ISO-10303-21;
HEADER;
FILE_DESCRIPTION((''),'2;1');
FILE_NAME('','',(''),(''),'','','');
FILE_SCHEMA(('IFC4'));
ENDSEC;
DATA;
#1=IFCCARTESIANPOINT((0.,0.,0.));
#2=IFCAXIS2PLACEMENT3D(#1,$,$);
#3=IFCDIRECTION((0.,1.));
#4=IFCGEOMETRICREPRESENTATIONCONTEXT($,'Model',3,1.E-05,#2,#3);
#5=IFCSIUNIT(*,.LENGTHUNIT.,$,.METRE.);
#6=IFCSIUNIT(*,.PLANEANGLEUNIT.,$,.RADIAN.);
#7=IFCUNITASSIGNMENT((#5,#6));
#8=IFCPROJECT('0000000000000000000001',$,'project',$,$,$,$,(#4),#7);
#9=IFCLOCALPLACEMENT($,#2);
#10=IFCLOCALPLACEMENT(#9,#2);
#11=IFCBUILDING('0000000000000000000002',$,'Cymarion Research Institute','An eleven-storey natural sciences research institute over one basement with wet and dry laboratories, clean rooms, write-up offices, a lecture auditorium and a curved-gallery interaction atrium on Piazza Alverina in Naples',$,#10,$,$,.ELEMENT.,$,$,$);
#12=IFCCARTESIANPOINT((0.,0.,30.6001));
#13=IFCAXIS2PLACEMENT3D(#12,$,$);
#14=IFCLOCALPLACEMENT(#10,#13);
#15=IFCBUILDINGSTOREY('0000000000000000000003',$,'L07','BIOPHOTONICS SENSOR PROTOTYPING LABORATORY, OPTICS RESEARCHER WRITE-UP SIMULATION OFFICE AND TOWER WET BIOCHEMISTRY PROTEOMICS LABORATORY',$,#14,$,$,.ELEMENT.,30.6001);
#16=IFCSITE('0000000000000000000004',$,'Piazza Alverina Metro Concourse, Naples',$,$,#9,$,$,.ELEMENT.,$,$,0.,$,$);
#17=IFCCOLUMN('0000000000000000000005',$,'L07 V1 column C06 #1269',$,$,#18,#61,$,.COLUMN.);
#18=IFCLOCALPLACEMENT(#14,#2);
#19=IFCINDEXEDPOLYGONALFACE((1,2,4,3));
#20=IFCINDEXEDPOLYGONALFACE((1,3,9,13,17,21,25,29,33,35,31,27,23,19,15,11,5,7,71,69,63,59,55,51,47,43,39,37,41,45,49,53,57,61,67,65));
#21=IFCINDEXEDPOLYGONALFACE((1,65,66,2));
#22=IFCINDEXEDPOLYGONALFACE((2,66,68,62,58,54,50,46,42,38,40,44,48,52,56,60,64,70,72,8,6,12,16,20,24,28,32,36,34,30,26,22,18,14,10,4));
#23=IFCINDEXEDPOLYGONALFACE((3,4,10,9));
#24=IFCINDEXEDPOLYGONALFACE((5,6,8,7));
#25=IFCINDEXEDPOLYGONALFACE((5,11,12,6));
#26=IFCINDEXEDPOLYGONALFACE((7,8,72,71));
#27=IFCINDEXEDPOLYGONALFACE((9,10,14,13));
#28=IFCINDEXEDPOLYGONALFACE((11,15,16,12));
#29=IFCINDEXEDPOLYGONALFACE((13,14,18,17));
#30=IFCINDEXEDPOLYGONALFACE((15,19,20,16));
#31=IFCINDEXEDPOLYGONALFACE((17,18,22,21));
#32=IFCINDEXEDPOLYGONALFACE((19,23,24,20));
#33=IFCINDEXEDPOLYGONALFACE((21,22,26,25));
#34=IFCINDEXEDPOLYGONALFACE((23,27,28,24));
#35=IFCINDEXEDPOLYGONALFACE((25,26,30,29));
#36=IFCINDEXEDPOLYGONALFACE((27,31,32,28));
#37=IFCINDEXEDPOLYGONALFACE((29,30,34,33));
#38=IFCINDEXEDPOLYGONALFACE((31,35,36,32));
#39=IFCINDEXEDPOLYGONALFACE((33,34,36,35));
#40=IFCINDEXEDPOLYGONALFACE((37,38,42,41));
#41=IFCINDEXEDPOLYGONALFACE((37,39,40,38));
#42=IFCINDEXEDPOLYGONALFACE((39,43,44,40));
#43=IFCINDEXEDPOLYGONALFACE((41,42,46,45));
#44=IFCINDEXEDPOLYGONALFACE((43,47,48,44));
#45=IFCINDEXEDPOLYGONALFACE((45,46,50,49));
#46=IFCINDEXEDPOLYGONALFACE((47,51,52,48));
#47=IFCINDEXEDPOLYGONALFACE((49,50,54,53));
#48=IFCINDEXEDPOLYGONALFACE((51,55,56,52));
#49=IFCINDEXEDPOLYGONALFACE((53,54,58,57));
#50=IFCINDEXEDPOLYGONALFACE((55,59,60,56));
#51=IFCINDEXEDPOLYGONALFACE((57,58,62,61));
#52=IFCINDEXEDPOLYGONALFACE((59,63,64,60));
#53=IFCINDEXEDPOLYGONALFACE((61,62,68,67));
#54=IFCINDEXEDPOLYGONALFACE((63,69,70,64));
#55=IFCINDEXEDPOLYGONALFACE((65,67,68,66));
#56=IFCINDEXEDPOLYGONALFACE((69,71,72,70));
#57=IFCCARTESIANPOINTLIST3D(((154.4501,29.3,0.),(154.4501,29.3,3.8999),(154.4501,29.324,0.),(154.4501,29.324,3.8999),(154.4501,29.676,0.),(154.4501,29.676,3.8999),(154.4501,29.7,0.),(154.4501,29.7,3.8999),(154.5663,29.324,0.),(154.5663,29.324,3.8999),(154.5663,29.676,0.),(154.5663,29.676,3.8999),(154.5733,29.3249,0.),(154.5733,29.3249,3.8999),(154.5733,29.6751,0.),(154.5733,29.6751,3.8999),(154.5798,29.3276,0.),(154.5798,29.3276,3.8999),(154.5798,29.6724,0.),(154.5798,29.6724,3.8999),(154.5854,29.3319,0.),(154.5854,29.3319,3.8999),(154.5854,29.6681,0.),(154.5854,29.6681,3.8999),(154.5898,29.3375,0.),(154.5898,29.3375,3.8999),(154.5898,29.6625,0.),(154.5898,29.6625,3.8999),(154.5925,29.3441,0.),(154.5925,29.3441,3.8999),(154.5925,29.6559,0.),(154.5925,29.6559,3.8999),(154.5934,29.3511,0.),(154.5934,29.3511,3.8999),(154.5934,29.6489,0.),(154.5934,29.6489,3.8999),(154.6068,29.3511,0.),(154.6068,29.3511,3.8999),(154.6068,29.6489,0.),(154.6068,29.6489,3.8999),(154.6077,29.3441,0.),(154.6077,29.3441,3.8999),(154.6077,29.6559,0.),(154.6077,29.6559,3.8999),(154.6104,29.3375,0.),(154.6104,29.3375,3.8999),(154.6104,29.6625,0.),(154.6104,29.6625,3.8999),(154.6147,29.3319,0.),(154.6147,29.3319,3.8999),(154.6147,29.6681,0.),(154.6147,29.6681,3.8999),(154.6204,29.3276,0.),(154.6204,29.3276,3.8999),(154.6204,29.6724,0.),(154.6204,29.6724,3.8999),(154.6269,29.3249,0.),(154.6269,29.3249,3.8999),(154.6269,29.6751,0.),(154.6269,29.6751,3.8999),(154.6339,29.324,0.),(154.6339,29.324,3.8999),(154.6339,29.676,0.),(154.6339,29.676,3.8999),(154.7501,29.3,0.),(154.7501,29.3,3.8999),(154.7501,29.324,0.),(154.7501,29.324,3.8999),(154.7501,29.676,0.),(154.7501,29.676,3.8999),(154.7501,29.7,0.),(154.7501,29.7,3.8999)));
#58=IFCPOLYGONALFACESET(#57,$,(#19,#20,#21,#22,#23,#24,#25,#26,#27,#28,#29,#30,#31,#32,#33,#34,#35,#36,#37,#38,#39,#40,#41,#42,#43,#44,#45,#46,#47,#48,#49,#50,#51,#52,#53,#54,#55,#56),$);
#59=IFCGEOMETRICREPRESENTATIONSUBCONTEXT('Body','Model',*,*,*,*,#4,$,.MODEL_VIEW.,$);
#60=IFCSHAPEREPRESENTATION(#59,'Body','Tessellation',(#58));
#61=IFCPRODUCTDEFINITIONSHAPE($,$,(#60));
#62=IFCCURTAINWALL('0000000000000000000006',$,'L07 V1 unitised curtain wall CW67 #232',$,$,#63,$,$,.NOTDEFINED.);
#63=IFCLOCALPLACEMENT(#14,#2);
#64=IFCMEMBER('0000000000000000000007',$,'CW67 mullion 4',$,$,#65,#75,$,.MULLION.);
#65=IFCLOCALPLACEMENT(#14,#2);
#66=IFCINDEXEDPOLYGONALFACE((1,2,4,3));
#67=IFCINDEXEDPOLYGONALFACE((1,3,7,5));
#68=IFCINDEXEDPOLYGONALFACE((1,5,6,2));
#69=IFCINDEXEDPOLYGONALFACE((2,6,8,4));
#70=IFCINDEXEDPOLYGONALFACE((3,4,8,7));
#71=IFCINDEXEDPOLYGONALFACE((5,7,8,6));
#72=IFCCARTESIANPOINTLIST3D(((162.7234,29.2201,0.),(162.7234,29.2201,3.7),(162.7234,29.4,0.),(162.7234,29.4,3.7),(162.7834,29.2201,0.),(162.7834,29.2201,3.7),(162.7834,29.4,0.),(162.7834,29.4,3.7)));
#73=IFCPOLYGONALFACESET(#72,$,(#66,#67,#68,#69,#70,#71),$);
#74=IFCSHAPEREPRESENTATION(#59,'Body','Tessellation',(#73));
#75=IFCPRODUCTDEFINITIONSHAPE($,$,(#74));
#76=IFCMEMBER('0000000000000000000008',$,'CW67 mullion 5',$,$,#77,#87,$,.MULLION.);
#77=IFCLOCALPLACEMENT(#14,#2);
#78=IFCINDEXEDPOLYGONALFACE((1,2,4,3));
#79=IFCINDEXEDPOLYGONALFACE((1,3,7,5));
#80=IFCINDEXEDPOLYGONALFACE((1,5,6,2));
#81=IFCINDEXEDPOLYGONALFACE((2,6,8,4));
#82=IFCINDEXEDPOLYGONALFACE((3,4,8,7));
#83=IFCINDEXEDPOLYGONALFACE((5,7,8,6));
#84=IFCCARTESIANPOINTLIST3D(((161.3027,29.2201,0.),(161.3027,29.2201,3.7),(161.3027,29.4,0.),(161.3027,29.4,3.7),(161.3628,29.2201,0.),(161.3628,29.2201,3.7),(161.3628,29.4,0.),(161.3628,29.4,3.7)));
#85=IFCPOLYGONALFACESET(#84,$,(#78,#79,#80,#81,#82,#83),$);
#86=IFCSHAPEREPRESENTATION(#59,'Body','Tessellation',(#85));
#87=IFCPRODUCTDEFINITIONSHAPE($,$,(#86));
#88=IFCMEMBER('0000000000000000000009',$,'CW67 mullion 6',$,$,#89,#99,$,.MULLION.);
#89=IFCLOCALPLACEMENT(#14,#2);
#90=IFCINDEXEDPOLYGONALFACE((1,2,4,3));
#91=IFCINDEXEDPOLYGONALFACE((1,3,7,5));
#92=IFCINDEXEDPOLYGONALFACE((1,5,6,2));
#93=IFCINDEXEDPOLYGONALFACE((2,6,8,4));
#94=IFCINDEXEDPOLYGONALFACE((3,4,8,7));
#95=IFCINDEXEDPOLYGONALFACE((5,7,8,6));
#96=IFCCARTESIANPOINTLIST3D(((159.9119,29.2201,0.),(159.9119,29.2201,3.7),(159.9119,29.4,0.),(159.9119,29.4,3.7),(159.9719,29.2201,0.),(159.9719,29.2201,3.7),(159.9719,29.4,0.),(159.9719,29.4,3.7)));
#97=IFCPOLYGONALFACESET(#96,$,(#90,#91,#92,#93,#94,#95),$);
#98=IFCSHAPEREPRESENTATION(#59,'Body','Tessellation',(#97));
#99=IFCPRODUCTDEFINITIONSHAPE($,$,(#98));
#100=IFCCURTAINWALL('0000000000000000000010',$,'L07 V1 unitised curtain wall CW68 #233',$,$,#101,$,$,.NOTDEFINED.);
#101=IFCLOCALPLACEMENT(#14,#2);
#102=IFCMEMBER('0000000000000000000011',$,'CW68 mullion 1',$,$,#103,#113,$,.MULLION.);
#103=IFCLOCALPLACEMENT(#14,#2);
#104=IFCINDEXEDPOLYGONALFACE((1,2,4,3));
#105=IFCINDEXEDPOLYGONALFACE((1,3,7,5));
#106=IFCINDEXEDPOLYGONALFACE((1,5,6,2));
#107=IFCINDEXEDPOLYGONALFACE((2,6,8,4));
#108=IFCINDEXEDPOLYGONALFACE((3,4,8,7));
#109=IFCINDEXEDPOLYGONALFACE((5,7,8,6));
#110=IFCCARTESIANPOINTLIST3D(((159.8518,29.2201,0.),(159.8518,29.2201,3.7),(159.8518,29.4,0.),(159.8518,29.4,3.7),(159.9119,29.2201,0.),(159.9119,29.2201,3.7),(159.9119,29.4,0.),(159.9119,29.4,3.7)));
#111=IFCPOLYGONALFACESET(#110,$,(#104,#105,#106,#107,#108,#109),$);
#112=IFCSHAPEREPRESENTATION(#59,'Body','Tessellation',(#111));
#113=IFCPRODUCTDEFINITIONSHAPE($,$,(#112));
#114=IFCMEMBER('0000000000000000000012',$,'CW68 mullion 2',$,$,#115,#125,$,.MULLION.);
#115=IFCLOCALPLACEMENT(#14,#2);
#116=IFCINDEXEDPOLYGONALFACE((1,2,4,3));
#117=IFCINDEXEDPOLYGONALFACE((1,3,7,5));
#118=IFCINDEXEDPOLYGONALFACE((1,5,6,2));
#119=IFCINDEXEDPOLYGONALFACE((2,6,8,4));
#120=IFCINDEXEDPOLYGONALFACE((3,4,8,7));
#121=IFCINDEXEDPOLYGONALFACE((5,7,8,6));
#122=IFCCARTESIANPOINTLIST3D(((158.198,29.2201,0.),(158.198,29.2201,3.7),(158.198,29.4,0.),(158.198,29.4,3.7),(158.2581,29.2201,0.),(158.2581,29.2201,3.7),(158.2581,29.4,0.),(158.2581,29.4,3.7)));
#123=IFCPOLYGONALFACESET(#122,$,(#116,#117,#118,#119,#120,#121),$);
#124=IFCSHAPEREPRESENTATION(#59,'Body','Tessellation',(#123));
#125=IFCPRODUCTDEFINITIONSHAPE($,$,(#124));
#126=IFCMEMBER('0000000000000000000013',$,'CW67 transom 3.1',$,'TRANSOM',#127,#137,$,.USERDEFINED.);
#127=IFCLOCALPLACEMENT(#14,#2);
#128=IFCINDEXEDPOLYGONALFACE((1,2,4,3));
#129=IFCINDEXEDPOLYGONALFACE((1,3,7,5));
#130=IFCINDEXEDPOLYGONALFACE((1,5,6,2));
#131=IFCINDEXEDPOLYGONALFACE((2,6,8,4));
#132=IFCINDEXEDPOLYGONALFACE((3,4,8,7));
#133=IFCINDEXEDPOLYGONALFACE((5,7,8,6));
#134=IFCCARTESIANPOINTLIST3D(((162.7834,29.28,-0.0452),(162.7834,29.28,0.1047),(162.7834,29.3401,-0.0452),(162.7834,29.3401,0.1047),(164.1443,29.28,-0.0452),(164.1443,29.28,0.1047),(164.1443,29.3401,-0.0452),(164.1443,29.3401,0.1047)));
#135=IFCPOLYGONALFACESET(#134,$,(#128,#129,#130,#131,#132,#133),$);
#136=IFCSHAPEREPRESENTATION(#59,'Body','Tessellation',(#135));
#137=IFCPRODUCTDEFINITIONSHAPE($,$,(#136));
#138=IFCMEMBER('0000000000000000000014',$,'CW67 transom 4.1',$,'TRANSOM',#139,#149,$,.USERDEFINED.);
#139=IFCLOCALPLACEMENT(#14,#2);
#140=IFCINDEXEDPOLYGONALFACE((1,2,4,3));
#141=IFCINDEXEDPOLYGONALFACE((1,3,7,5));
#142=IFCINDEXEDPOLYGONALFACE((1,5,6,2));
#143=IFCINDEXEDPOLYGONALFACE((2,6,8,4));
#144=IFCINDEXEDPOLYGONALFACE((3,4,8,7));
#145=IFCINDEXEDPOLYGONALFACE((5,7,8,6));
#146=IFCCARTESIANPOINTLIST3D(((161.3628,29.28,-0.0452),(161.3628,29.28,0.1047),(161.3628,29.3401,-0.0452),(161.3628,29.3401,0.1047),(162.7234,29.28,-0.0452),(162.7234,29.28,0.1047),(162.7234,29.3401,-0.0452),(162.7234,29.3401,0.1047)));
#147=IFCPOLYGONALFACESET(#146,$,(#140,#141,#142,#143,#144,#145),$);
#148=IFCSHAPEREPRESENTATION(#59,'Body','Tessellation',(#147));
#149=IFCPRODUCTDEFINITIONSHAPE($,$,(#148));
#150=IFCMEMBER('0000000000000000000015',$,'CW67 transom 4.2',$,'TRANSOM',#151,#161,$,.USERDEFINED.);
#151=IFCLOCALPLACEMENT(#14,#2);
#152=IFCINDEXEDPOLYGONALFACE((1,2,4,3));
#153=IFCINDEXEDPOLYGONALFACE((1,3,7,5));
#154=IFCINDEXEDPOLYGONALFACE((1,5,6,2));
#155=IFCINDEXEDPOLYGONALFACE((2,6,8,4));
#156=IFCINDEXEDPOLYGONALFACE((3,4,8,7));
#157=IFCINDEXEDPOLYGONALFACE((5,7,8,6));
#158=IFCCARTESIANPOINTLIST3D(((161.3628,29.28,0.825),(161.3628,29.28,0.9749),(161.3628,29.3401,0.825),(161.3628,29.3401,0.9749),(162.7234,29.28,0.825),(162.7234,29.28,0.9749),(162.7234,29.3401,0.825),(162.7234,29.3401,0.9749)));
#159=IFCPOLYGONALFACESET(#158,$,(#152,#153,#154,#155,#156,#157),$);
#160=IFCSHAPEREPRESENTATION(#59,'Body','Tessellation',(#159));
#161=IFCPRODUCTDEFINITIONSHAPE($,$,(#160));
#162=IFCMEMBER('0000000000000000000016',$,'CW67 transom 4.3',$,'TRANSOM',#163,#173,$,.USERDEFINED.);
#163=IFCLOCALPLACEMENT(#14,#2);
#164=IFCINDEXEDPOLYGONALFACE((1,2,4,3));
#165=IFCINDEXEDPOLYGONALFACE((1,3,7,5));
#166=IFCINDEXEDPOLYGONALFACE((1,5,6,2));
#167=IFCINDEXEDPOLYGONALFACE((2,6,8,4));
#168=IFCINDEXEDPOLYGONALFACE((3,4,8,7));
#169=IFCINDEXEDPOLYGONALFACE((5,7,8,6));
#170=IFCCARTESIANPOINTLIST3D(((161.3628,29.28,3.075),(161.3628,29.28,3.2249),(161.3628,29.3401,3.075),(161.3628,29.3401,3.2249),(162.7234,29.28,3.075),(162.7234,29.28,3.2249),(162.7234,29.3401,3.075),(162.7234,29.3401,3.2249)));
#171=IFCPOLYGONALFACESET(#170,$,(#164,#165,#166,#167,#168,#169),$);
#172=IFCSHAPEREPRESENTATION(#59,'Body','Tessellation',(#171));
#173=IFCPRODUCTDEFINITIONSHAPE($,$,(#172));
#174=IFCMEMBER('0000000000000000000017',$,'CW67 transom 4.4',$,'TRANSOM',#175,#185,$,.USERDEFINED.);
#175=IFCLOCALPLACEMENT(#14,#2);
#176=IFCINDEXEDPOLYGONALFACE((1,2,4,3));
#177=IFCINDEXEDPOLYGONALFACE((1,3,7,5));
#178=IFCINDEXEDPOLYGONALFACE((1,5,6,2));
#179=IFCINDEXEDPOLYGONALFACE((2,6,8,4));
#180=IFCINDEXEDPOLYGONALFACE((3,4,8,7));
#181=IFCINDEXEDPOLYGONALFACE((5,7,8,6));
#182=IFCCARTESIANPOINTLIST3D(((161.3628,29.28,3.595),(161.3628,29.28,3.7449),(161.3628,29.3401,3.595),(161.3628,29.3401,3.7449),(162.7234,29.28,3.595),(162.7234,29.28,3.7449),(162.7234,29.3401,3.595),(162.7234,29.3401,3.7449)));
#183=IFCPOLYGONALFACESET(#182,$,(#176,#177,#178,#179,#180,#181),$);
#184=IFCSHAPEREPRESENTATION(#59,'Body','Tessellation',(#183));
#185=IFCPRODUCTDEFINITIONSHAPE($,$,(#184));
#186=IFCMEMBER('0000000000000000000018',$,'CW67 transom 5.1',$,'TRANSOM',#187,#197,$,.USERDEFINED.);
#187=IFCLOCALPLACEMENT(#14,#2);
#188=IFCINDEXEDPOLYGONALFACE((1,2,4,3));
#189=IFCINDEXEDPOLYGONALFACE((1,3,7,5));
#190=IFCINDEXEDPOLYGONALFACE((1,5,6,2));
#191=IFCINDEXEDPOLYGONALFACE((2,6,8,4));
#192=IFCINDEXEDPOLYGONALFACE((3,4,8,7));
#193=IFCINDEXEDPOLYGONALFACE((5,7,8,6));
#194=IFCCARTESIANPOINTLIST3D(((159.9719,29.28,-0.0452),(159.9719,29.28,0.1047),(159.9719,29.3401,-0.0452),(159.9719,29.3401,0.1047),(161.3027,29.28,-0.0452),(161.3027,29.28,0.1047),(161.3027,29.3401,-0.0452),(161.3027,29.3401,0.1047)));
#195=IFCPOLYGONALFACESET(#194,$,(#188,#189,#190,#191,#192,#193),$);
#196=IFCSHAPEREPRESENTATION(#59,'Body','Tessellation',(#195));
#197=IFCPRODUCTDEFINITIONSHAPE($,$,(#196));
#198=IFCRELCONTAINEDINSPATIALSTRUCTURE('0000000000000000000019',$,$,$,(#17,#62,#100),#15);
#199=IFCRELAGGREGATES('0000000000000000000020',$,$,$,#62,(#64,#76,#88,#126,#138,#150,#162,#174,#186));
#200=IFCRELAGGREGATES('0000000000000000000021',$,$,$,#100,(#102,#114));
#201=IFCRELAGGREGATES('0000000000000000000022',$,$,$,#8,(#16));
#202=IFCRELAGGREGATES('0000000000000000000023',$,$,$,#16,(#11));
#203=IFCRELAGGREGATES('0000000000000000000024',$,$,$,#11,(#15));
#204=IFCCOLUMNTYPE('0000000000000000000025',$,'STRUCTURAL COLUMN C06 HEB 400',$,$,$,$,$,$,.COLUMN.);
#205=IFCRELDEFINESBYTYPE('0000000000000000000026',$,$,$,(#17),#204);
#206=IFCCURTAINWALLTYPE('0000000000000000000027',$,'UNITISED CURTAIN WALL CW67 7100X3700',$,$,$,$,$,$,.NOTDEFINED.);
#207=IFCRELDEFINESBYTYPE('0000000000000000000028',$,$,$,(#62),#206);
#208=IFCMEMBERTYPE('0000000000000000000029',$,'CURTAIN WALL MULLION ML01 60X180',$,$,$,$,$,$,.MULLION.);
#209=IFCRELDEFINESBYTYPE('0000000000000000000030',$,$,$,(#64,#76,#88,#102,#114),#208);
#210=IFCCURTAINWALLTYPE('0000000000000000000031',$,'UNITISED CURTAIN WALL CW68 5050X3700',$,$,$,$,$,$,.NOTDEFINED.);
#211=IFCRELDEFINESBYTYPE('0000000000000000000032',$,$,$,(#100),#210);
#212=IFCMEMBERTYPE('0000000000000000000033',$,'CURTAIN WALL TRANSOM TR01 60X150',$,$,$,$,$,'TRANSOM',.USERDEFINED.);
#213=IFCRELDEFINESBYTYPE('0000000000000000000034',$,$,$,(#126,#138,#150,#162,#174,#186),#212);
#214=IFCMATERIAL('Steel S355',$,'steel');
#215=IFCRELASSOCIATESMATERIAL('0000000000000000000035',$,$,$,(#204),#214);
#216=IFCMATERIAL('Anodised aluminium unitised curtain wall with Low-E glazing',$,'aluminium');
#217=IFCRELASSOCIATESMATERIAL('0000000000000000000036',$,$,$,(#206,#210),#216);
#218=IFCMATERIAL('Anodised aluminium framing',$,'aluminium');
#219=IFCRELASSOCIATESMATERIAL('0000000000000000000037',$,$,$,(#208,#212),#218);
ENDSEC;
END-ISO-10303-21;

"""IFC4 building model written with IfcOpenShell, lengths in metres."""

from ifc_helpers import new_model, si_unit, direction, frame, origin, origin_2d, place, context, subcontext, project, spatial, rectangle, i_section, extrude, material, material_profile, profile_set, type_object, element, aggregate, save


model = new_model("IFC4")

# Units and contexts
model_context = context("Model", 3, precision=1e-05, world=origin(), true_north=direction((0.0, 1.0)))
body_context = subcontext(model_context, "Body", "Model", "MODEL_VIEW")
ifc_project = project(units=[si_unit("LENGTHUNIT", "METRE"), si_unit("PLANEANGLEUNIT", "RADIAN")], contexts=[model_context])

# Site, building, storey
site_placement = place(None, origin())
site = spatial("IfcSite", under=ifc_project, at=site_placement, Name="Piazza Alverina Metro Concourse, Naples", CompositionType="ELEMENT", RefElevation=0.0)
building_placement = place(site_placement, origin())
building = spatial("IfcBuilding", under=site, at=building_placement, Name="Cymarion Research Institute", Description="An eleven-storey natural sciences research institute over one basement with wet and dry laboratories, clean rooms, write-up offices, a lecture auditorium and a curved-gallery interaction atrium on Piazza Alverina in Naples", CompositionType="ELEMENT")
storey_placement = place(building_placement, frame((0.0, 0.0, 30.6001)))
storey = spatial("IfcBuildingStorey", under=building, at=storey_placement, Name="L07", Description="BIOPHOTONICS SENSOR PROTOTYPING LABORATORY, OPTICS RESEARCHER WRITE-UP SIMULATION OFFICE AND TOWER WET BIOCHEMISTRY PROTEOMICS LABORATORY", CompositionType="ELEMENT", Elevation=30.6001)

# Column
ifc_material_1 = material(Name="Steel S355", Category="steel")
ifc_material_profile_1 = material_profile(ifc_material_1, i_section(OverallWidth=0.3, OverallDepth=0.3999, WebThickness=0.0134, FlangeThickness=0.0239, FilletRadius=0.0271, at=origin_2d()), Name="HEB 400")
ifc_profile_set_1 = profile_set([ifc_material_profile_1], Name="Steel S355")
column_type = type_object("IfcColumnType", Name="STRUCTURAL COLUMN C06 HEB 400", PredefinedType="COLUMN", material=ifc_profile_set_1)
column_placement = place(storey_placement, frame((154.6001, 29.5, 0.0), z_axis=(0.0, 0.0, 1.0), x_axis=(1.0, 0.0, 0.0)))
element("IfcColumn", 1, at=column_placement, inside=storey, type_object=column_type, Name="L07 V1 column C06 #1269", PredefinedType="COLUMN", context=body_context, shape_type="SweptSolid", body=[
    extrude(i_section(OverallWidth=0.3, OverallDepth=0.3999, WebThickness=0.0134, FlangeThickness=0.0239, FilletRadius=0.0271, at=origin_2d()), origin(), (0.0, 0.0, 1.0), 3.8999),
])

# Curtain walls, members
ifc_material_2 = material(Name="Anodised aluminium unitised curtain wall with Low-E glazing", Category="aluminium")
curtain_wall_type_1 = type_object("IfcCurtainWallType", Name="UNITISED CURTAIN WALL CW67 7100X3700", PredefinedType="NOTDEFINED", material=ifc_material_2)
curtain_wall_1_placement = place(storey_placement, origin())
curtain_wall_1 = element("IfcCurtainWall", 2, at=curtain_wall_1_placement, inside=storey, type_object=curtain_wall_type_1, Name="L07 V1 unitised curtain wall CW67 #232", PredefinedType="NOTDEFINED")
ifc_material_3 = material(Name="Anodised aluminium framing", Category="aluminium")
ifc_material_profile_2 = material_profile(ifc_material_3, rectangle(XDim=0.0601, YDim=0.1799, at=origin_2d()), Name="ALU MULLION 60x180")
ifc_profile_set_2 = profile_set([ifc_material_profile_2], Name="Anodised aluminium framing")
member_type_1 = type_object("IfcMemberType", Name="CURTAIN WALL MULLION ML01 60X180", PredefinedType="MULLION", material=ifc_profile_set_2)
member_1_placement = place(storey_placement, frame((162.7534, 29.3101, 0.0), z_axis=(0.0, 0.0, 1.0), x_axis=(-1.0, 0.0, 0.0)))
member_1 = element("IfcMember", 3, at=member_1_placement, type_object=member_type_1, Name="CW67 mullion 4", PredefinedType="MULLION", context=body_context, shape_type="SweptSolid", body=[
    extrude(rectangle(XDim=0.0601, YDim=0.1799, at=origin_2d()), origin(), (0.0, 0.0, 1.0), 3.7),
])
member_2_placement = place(storey_placement, frame((161.3328, 29.3101, 0.0), z_axis=(0.0, 0.0, 1.0), x_axis=(-1.0, 0.0, 0.0)))
member_2 = element("IfcMember", 4, at=member_2_placement, type_object=member_type_1, Name="CW67 mullion 5", PredefinedType="MULLION", context=body_context, shape_type="SweptSolid", body=[
    extrude(rectangle(XDim=0.0601, YDim=0.1799, at=origin_2d()), origin(), (0.0, 0.0, 1.0), 3.7),
])
member_3_placement = place(storey_placement, frame((159.9419, 29.3101, 0.0), z_axis=(0.0, 0.0, 1.0), x_axis=(-1.0, 0.0, 0.0)))
member_3 = element("IfcMember", 5, at=member_3_placement, type_object=member_type_1, Name="CW67 mullion 6", PredefinedType="MULLION", context=body_context, shape_type="SweptSolid", body=[
    extrude(rectangle(XDim=0.0601, YDim=0.1799, at=origin_2d()), origin(), (0.0, 0.0, 1.0), 3.7),
])
curtain_wall_type_2 = type_object("IfcCurtainWallType", Name="UNITISED CURTAIN WALL CW68 5050X3700", PredefinedType="NOTDEFINED", material=ifc_material_2)
curtain_wall_2_placement = place(storey_placement, origin())
curtain_wall_2 = element("IfcCurtainWall", 6, at=curtain_wall_2_placement, inside=storey, type_object=curtain_wall_type_2, Name="L07 V1 unitised curtain wall CW68 #233", PredefinedType="NOTDEFINED")
member_4_placement = place(storey_placement, frame((159.8818, 29.3101, 0.0), z_axis=(0.0, 0.0, 1.0), x_axis=(-1.0, 0.0, 0.0)))
member_4 = element("IfcMember", 7, at=member_4_placement, type_object=member_type_1, Name="CW68 mullion 1", PredefinedType="MULLION", context=body_context, shape_type="SweptSolid", body=[
    extrude(rectangle(XDim=0.0601, YDim=0.1799, at=origin_2d()), origin(), (0.0, 0.0, 1.0), 3.7),
])
member_5_placement = place(storey_placement, frame((158.228, 29.3101, 0.0), z_axis=(0.0, 0.0, 1.0), x_axis=(-1.0, 0.0, 0.0)))
member_5 = element("IfcMember", 8, at=member_5_placement, type_object=member_type_1, Name="CW68 mullion 2", PredefinedType="MULLION", context=body_context, shape_type="SweptSolid", body=[
    extrude(rectangle(XDim=0.0601, YDim=0.1799, at=origin_2d()), origin(), (0.0, 0.0, 1.0), 3.7),
])

# Members
ifc_material_profile_3 = material_profile(ifc_material_3, rectangle(XDim=0.0601, YDim=0.1499, at=origin_2d()), Name="ALU TRANSOM 60x150")
ifc_profile_set_3 = profile_set([ifc_material_profile_3], Name="Anodised aluminium framing")
member_type_2 = type_object("IfcMemberType", Name="CURTAIN WALL TRANSOM TR01 60X150", ElementType="TRANSOM", PredefinedType="USERDEFINED", material=ifc_profile_set_3)
member_6_placement = place(storey_placement, frame((164.1443, 29.3101, 0.0298), z_axis=(-1.0, 0.0, 0.0), x_axis=(0.0, -1.0, 0.0)))
member_6 = element("IfcMember", 9, at=member_6_placement, type_object=member_type_2, Name="CW67 transom 3.1", ObjectType="TRANSOM", PredefinedType="USERDEFINED", context=body_context, shape_type="SweptSolid", body=[
    extrude(rectangle(XDim=0.0601, YDim=0.1499, at=origin_2d()), origin(), (0.0, 0.0, 1.0), 1.3608),
])
member_7_placement = place(storey_placement, frame((162.7234, 29.3101, 0.0298), z_axis=(-1.0, 0.0, 0.0), x_axis=(0.0, -1.0, 0.0)))
member_7 = element("IfcMember", 10, at=member_7_placement, type_object=member_type_2, Name="CW67 transom 4.1", ObjectType="TRANSOM", PredefinedType="USERDEFINED", context=body_context, shape_type="SweptSolid", body=[
    extrude(rectangle(XDim=0.0601, YDim=0.1499, at=origin_2d()), origin(), (0.0, 0.0, 1.0), 1.3606),
])
member_8_placement = place(storey_placement, frame((162.7234, 29.3101, 0.8999), z_axis=(-1.0, 0.0, 0.0), x_axis=(0.0, -1.0, 0.0)))
member_8 = element("IfcMember", 11, at=member_8_placement, type_object=member_type_2, Name="CW67 transom 4.2", ObjectType="TRANSOM", PredefinedType="USERDEFINED", context=body_context, shape_type="SweptSolid", body=[
    extrude(rectangle(XDim=0.0601, YDim=0.1499, at=origin_2d()), origin(), (0.0, 0.0, 1.0), 1.3606),
])
member_9_placement = place(storey_placement, frame((162.7234, 29.3101, 3.1499), z_axis=(-1.0, 0.0, 0.0), x_axis=(0.0, -1.0, 0.0)))
member_9 = element("IfcMember", 12, at=member_9_placement, type_object=member_type_2, Name="CW67 transom 4.3", ObjectType="TRANSOM", PredefinedType="USERDEFINED", context=body_context, shape_type="SweptSolid", body=[
    extrude(rectangle(XDim=0.0601, YDim=0.1499, at=origin_2d()), origin(), (0.0, 0.0, 1.0), 1.3606),
])
member_10_placement = place(storey_placement, frame((162.7234, 29.3101, 3.6699), z_axis=(-1.0, 0.0, 0.0), x_axis=(0.0, -1.0, 0.0)))
member_10 = element("IfcMember", 13, at=member_10_placement, type_object=member_type_2, Name="CW67 transom 4.4", ObjectType="TRANSOM", PredefinedType="USERDEFINED", context=body_context, shape_type="SweptSolid", body=[
    extrude(rectangle(XDim=0.0601, YDim=0.1499, at=origin_2d()), origin(), (0.0, 0.0, 1.0), 1.3606),
])
member_11_placement = place(storey_placement, frame((161.3027, 29.3101, 0.0298), z_axis=(-1.0, 0.0, 0.0), x_axis=(0.0, -1.0, 0.0)))
member_11 = element("IfcMember", 14, at=member_11_placement, type_object=member_type_2, Name="CW67 transom 5.1", ObjectType="TRANSOM", PredefinedType="USERDEFINED", context=body_context, shape_type="SweptSolid", body=[
    extrude(rectangle(XDim=0.0601, YDim=0.1499, at=origin_2d()), origin(), (0.0, 0.0, 1.0), 1.3308),
])

aggregate(curtain_wall_1, [member_1, member_2, member_3, member_6, member_7, member_8, member_9, member_10, member_11])
aggregate(curtain_wall_2, [member_4, member_5])

save(model, "model.ifc")
